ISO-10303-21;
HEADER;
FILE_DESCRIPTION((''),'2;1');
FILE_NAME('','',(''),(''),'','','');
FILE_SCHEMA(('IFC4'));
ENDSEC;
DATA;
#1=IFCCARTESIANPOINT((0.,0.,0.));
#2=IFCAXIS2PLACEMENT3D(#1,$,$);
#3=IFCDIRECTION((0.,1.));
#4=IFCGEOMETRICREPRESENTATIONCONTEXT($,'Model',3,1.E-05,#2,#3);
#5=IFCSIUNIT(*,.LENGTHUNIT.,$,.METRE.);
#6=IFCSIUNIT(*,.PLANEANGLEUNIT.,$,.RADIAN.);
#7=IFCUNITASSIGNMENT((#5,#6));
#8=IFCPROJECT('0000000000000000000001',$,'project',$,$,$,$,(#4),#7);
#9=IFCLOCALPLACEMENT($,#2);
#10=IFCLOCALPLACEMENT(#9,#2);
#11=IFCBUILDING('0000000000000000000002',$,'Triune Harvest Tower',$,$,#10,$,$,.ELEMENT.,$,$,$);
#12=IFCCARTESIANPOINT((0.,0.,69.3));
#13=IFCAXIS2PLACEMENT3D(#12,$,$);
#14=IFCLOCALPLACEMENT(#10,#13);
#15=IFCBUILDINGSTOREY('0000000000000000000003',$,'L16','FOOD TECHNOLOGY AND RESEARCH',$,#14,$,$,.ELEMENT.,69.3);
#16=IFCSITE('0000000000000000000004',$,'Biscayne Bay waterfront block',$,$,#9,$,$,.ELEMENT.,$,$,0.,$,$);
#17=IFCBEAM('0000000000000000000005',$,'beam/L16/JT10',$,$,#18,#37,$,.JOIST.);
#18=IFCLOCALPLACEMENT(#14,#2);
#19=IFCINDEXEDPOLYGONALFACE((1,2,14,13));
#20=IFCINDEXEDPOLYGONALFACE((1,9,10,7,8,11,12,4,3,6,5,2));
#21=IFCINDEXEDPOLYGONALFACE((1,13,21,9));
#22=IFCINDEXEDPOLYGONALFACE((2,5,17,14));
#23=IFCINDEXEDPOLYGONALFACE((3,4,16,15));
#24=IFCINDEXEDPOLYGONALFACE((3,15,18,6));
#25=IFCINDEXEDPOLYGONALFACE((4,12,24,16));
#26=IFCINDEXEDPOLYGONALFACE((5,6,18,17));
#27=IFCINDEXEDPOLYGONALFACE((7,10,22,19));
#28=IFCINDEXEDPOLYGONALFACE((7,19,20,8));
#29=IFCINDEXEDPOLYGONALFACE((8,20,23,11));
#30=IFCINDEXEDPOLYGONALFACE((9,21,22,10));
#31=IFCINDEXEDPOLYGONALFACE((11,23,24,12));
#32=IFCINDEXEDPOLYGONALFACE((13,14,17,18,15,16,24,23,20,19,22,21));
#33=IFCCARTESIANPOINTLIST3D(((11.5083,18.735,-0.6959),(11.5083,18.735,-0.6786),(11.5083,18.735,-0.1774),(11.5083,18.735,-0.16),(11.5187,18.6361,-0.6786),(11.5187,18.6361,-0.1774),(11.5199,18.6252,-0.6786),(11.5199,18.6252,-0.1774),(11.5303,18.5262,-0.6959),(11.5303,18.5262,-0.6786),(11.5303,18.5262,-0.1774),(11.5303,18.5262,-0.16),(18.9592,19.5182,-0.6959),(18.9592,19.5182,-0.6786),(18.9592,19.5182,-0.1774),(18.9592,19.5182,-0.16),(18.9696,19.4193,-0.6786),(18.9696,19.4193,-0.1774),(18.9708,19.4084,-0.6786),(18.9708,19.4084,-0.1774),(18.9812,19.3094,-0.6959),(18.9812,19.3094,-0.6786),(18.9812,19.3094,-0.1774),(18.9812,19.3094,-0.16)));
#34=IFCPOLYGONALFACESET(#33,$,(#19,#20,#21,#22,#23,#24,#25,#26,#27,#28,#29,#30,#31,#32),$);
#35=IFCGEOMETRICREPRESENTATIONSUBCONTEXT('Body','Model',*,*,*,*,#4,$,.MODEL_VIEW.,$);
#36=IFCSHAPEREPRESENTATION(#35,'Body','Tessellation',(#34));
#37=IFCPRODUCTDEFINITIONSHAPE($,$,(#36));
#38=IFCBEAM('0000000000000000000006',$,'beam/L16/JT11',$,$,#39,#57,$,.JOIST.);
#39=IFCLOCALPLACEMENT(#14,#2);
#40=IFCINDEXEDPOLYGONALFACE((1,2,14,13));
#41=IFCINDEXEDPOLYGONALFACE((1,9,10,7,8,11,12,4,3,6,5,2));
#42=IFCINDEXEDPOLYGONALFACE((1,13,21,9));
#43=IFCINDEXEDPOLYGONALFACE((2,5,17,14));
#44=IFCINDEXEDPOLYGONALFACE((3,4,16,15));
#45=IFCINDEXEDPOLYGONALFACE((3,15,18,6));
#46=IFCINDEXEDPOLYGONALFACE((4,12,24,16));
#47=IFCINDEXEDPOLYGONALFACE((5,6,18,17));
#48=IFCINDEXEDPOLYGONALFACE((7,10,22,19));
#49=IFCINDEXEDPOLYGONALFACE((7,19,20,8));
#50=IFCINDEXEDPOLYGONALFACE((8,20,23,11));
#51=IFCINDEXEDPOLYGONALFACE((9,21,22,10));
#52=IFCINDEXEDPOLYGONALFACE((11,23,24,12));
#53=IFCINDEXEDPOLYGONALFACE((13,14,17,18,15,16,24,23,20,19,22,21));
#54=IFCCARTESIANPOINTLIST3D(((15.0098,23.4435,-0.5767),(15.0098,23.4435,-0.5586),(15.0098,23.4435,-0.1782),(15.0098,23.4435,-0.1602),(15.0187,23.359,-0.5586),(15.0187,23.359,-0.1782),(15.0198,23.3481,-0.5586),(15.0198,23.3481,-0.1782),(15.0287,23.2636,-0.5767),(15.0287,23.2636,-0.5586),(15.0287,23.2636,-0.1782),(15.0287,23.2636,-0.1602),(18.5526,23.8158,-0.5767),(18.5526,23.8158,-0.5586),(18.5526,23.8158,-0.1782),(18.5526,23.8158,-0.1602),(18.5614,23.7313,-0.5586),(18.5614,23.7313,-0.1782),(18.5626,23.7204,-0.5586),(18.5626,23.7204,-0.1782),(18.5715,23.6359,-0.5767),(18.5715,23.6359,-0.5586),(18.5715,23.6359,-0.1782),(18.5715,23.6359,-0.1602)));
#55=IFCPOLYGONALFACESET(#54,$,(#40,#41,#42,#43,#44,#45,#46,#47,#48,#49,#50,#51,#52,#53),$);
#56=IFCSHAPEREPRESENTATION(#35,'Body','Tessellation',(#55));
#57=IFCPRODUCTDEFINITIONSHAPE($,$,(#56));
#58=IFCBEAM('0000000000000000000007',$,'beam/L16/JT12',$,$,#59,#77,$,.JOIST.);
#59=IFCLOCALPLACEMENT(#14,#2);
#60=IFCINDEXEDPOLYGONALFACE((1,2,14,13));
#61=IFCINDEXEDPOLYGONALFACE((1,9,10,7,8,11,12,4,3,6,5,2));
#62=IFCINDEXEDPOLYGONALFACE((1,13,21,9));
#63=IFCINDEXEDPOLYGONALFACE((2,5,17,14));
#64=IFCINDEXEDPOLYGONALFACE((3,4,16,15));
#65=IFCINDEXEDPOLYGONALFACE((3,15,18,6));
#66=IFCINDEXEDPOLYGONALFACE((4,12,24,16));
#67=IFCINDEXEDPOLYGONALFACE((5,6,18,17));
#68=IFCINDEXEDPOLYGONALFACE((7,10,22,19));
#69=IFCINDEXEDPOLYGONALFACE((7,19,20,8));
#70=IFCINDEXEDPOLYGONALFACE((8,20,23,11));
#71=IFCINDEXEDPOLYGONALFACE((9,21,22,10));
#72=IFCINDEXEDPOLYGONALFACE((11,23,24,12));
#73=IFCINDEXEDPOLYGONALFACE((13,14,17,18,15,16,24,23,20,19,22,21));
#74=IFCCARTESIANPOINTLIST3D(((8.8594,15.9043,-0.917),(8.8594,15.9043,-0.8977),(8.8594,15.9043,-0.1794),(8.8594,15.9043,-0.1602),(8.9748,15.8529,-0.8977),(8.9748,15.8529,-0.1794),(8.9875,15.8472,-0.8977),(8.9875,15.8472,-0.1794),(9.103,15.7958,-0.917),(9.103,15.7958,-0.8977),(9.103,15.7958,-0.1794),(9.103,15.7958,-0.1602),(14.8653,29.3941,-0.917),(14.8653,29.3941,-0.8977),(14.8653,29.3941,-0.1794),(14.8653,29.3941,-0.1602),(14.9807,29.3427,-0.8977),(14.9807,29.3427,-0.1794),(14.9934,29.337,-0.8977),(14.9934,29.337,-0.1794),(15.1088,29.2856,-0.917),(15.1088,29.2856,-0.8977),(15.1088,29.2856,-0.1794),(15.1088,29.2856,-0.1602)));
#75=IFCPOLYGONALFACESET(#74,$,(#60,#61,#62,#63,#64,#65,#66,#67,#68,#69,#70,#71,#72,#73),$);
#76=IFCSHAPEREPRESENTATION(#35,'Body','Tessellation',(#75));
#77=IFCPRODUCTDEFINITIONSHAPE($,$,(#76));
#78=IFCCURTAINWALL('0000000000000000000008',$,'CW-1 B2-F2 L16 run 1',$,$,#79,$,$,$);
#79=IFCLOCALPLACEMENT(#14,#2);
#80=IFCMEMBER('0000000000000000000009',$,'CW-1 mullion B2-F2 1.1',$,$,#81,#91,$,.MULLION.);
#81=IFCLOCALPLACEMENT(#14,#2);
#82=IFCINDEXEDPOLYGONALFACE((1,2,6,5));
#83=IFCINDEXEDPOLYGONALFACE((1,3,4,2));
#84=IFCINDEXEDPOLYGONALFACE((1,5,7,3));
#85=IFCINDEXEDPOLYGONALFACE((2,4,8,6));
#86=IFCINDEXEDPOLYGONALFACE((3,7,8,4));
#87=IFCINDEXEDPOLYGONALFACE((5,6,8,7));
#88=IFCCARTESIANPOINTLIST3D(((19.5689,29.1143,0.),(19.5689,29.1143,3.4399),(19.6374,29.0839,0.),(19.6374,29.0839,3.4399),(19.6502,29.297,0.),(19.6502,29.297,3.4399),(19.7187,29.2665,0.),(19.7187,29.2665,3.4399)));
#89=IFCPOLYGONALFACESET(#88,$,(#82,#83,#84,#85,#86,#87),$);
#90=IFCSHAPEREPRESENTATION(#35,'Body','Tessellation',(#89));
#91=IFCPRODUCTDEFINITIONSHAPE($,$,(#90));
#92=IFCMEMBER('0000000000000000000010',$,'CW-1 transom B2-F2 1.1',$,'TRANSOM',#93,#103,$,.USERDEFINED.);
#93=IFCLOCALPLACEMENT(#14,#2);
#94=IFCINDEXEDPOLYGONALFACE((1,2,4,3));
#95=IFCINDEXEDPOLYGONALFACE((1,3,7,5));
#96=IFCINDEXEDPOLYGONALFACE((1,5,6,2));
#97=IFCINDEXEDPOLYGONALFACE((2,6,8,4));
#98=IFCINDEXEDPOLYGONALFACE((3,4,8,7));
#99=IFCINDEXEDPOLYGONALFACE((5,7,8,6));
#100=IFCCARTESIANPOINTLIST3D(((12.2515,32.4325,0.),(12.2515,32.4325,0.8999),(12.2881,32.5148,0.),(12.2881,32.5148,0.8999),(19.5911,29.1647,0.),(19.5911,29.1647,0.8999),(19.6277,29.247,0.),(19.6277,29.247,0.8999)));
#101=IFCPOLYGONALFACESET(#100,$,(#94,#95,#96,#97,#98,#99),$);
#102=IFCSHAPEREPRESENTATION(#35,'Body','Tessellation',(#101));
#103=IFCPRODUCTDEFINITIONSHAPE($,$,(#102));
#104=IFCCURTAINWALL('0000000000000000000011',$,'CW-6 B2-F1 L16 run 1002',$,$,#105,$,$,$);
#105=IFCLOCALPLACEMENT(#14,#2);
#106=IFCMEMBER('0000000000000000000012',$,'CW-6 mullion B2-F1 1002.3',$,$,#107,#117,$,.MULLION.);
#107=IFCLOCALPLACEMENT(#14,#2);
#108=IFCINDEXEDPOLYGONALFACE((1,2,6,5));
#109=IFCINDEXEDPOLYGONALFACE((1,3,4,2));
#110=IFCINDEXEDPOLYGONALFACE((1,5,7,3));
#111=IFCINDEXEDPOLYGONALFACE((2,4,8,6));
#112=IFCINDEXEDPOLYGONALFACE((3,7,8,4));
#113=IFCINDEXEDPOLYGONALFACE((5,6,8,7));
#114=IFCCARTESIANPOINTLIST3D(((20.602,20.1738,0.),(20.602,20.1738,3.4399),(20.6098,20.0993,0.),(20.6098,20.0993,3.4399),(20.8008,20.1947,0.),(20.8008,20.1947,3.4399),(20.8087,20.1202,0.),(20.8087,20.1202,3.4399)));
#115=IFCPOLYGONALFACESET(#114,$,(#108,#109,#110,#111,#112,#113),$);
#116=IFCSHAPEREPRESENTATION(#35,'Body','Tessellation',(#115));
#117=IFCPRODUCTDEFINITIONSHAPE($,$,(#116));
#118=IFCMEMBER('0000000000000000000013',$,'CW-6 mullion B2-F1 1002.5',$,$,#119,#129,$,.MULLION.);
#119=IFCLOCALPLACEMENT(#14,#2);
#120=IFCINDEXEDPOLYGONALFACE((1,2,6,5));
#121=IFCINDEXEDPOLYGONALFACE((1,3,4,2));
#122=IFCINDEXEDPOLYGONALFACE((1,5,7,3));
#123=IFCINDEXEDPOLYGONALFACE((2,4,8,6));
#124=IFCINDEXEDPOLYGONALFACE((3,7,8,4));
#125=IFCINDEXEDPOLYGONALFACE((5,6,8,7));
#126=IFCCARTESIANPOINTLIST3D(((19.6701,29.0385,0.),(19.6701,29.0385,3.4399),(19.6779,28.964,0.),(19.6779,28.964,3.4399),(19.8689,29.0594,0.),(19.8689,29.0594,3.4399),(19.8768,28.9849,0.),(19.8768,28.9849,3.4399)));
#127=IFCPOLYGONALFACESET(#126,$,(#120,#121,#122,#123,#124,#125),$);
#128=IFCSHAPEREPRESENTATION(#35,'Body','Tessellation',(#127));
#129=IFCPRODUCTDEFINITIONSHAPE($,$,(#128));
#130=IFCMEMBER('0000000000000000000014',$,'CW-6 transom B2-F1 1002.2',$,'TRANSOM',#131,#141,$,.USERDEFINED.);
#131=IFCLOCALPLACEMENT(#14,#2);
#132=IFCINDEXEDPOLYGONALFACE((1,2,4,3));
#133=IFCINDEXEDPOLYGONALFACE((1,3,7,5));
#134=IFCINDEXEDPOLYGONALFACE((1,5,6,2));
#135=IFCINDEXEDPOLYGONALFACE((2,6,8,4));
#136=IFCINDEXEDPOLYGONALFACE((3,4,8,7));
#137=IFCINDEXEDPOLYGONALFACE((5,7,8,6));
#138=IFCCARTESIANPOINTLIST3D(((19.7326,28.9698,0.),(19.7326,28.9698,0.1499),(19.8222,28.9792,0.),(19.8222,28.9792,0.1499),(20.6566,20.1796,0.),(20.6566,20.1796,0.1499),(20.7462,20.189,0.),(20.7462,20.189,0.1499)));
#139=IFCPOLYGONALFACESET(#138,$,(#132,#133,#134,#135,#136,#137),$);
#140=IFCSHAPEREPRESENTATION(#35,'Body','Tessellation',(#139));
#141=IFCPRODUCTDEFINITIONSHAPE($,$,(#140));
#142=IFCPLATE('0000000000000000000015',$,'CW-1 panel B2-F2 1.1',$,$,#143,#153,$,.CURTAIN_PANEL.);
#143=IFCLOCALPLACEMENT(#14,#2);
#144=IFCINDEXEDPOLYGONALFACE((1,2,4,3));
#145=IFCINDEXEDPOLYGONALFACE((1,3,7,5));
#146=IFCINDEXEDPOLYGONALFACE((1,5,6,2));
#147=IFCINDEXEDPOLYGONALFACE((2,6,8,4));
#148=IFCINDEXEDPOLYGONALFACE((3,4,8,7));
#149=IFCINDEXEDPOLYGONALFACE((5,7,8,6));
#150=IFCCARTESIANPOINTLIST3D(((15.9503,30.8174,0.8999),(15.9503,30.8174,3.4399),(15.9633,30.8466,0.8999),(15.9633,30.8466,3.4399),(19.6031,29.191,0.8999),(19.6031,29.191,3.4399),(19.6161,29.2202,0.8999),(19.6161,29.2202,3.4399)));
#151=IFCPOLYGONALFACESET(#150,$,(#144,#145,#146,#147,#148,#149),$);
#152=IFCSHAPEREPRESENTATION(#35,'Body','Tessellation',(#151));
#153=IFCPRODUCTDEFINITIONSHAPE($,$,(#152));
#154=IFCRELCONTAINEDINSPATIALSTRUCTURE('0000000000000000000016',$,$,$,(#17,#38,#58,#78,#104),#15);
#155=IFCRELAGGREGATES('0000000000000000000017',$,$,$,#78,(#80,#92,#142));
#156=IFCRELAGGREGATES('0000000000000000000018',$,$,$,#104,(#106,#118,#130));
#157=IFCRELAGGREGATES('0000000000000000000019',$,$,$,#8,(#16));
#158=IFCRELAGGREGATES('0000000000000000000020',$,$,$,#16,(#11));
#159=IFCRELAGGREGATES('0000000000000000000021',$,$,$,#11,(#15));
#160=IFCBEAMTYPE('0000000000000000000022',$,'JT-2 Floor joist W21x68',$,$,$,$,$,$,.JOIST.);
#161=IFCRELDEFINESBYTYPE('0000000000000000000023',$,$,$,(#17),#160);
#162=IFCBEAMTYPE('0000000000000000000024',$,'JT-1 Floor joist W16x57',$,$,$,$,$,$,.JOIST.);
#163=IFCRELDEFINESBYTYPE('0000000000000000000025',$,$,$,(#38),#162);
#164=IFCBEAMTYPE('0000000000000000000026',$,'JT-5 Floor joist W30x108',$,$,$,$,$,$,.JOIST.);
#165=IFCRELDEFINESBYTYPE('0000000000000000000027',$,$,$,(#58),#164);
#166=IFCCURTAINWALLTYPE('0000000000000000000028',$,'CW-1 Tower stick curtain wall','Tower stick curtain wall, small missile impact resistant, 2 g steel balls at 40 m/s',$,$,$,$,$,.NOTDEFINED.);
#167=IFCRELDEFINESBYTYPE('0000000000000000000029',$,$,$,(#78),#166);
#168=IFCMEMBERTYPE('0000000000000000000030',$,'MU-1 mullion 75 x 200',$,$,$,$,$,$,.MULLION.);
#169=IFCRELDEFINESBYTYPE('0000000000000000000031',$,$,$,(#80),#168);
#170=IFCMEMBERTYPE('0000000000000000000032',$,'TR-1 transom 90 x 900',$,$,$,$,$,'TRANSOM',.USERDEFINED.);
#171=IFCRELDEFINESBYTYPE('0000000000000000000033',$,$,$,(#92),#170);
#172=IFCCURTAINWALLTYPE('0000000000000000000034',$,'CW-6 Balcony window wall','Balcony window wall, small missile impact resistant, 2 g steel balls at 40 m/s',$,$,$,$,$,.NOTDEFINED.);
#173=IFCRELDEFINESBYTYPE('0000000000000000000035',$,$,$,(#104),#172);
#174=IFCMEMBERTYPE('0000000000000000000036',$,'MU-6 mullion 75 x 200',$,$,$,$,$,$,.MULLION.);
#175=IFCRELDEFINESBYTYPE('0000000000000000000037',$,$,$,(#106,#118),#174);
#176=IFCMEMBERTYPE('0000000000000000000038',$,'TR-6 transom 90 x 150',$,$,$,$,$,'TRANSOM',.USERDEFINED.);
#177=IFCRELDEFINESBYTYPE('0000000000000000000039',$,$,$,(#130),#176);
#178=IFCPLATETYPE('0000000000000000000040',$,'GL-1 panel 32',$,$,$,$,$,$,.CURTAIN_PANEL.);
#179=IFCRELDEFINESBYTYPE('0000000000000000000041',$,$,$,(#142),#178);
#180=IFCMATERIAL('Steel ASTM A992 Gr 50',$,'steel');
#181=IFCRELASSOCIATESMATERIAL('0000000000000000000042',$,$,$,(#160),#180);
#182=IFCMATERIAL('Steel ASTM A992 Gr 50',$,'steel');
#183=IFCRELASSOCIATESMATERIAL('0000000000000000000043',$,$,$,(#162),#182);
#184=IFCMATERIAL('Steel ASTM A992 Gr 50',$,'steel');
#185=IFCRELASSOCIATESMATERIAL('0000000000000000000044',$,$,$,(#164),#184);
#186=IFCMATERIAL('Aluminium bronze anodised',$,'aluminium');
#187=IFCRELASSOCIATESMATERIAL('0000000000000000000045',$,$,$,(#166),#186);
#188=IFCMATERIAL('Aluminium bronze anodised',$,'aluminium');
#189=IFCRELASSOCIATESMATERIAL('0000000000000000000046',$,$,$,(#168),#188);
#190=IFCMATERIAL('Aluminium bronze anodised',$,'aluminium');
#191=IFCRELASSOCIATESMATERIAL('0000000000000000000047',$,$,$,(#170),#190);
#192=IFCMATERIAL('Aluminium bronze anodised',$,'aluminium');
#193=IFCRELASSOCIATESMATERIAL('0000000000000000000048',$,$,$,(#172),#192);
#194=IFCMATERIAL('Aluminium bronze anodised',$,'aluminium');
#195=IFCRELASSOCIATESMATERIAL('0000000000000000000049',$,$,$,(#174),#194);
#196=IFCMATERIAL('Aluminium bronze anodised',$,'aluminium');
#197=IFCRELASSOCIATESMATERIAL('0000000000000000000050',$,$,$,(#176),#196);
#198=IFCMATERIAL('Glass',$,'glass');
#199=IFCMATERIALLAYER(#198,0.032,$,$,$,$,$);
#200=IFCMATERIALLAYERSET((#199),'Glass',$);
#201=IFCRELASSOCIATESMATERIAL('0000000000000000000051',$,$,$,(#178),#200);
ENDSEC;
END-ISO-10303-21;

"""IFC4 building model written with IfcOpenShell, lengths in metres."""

from ifc_helpers import new_model, si_unit, direction, frame, origin, origin_2d, place, context, subcontext, project, spatial, rectangle, i_section, extrude, source, transform, mapped, material, layer, layer_set, material_profile, profile_set, type_object, element, aggregate, save


model = new_model("IFC4")

# Units and contexts
model_context = context("Model", 3, precision=1e-05, world=origin(), true_north=direction((0.0, 1.0)))
body_context = subcontext(model_context, "Body", "Model", "MODEL_VIEW")
ifc_project = project(units=[si_unit("LENGTHUNIT", "METRE"), si_unit("PLANEANGLEUNIT", "RADIAN")], contexts=[model_context])

# Site, building, storey
site_placement = place(None, origin())
site = spatial("IfcSite", under=ifc_project, at=site_placement, Name="Biscayne Bay waterfront block", CompositionType="ELEMENT", RefElevation=0.0)
building_placement = place(site_placement, origin())
building = spatial("IfcBuilding", under=site, at=building_placement, Name="Triune Harvest Tower", CompositionType="ELEMENT")
storey_placement = place(building_placement, frame((0.0, 0.0, 69.3)))
storey = spatial("IfcBuildingStorey", under=building, at=storey_placement, Name="L16", Description="FOOD TECHNOLOGY AND RESEARCH", CompositionType="ELEMENT", Elevation=69.3)

# Beams
ifc_material_1 = material(Name="Steel ASTM A992 Gr 50", Category="steel")
ifc_material_profile_1 = material_profile(ifc_material_1, i_section(OverallWidth=0.21, OverallDepth=0.5359, WebThickness=0.011, FlangeThickness=0.0173, at=origin_2d()), Name="W21x68")
ifc_profile_set_1 = profile_set([ifc_material_profile_1], Name="Steel ASTM A992 Gr 50")
beam_type_1 = type_object("IfcBeamType", Name="JT-2 Floor joist W21x68", PredefinedType="JOIST", material=ifc_profile_set_1)
shared_shape_1 = source(origin(), body_context, "Body", "SweptSolid", [
    extrude(i_section(OverallWidth=0.21, OverallDepth=0.5359, WebThickness=0.011, FlangeThickness=0.0173, at=origin_2d()), origin(), (0.0, 0.0, 1.0), 7.4919),
])
beam_1_placement = place(storey_placement, frame((18.9702, 19.4138, -0.428), z_axis=(-0.994521, -0.104539, 0.0), x_axis=(0.104539, -0.994521, 0.0)))
element("IfcBeam", 1, at=beam_1_placement, inside=storey, type_object=beam_type_1, Name="beam/L16/JT10", PredefinedType="JOIST", context=body_context, shape_type="MappedRepresentation", body=[
    mapped(shared_shape_1, transform((0.0, 0.0, 0.0), scale=1.0)),
])
ifc_material_2 = material(Name="Steel ASTM A992 Gr 50", Category="steel")
ifc_material_profile_2 = material_profile(ifc_material_2, i_section(OverallWidth=0.1809, OverallDepth=0.4165, WebThickness=0.011, FlangeThickness=0.0181, at=origin_2d()), Name="W16x57")
ifc_profile_set_2 = profile_set([ifc_material_profile_2], Name="Steel ASTM A992 Gr 50")
beam_type_2 = type_object("IfcBeamType", Name="JT-1 Floor joist W16x57", PredefinedType="JOIST", material=ifc_profile_set_2)
shared_shape_2 = source(origin(), body_context, "Body", "SweptSolid", [
    extrude(i_section(OverallWidth=0.1809, OverallDepth=0.4165, WebThickness=0.011, FlangeThickness=0.0181, at=origin_2d()), origin(), (0.0, 0.0, 1.0), 3.5623),
])
beam_2_placement = place(storey_placement, frame((18.562, 23.7258, -0.3684), z_axis=(-0.994523, -0.104517, 0.0), x_axis=(0.104517, -0.994523, 0.0)))
element("IfcBeam", 2, at=beam_2_placement, inside=storey, type_object=beam_type_2, Name="beam/L16/JT11", PredefinedType="JOIST", context=body_context, shape_type="MappedRepresentation", body=[
    mapped(shared_shape_2, transform((0.0, 0.0, 0.0), scale=1.0)),
])
ifc_material_3 = material(Name="Steel ASTM A992 Gr 50", Category="steel")
ifc_material_profile_3 = material_profile(ifc_material_3, i_section(OverallWidth=0.2666, OverallDepth=0.7568, WebThickness=0.0139, FlangeThickness=0.0193, at=origin_2d()), Name="W30x108")
ifc_profile_set_3 = profile_set([ifc_material_profile_3], Name="Steel ASTM A992 Gr 50")
beam_type_3 = type_object("IfcBeamType", Name="JT-5 Floor joist W30x108", PredefinedType="JOIST", material=ifc_profile_set_3)
shared_shape_3 = source(origin(), body_context, "Body", "SweptSolid", [
    extrude(i_section(OverallWidth=0.2666, OverallDepth=0.7568, WebThickness=0.0139, FlangeThickness=0.0193, at=origin_2d()), origin(), (0.0, 0.0, 1.0), 14.7664),
])
beam_3_placement = place(storey_placement, frame((14.9871, 29.3398, -0.5386), z_axis=(-0.406727, -0.91355, 0.0), x_axis=(0.91355, -0.406727, 0.0)))
element("IfcBeam", 3, at=beam_3_placement, inside=storey, type_object=beam_type_3, Name="beam/L16/JT12", PredefinedType="JOIST", context=body_context, shape_type="MappedRepresentation", body=[
    mapped(shared_shape_3, transform((0.0, 0.0, 0.0), scale=1.0)),
])

# Curtain walls, members
ifc_material_4 = material(Name="Aluminium bronze anodised", Category="aluminium")
curtain_wall_type_1 = type_object("IfcCurtainWallType", Name="CW-1 Tower stick curtain wall", Description="Tower stick curtain wall, small missile impact resistant, 2 g steel balls at 40 m/s", PredefinedType="NOTDEFINED", material=ifc_material_4)
curtain_wall_1_placement = place(storey_placement, origin())
curtain_wall_1 = element("IfcCurtainWall", 4, at=curtain_wall_1_placement, inside=storey, type_object=curtain_wall_type_1, Name="CW-1 B2-F2 L16 run 1")
ifc_material_5 = material(Name="Aluminium bronze anodised", Category="aluminium")
ifc_material_profile_4 = material_profile(ifc_material_5, rectangle(XDim=0.2, YDim=0.075, at=origin_2d()), Name="MU-1 mullion 75 x 200")
ifc_profile_set_4 = profile_set([ifc_material_profile_4], Name="Aluminium bronze anodised")
member_type_1 = type_object("IfcMemberType", Name="MU-1 mullion 75 x 200", PredefinedType="MULLION", material=ifc_profile_set_4)
shared_shape_4 = source(origin(), body_context, "Body", "SweptSolid", [
    extrude(rectangle(XDim=0.2, YDim=0.075, at=origin_2d()), origin(), (0.0, 0.0, 1.0), 3.4399),
])
member_1_placement = place(storey_placement, frame((19.6438, 29.1904, 0.0), z_axis=(0.0, 0.0, 1.0), x_axis=(-0.406734, -0.913547, 0.0)))
member_1 = element("IfcMember", 5, at=member_1_placement, type_object=member_type_1, Name="CW-1 mullion B2-F2 1.1", PredefinedType="MULLION", context=body_context, shape_type="MappedRepresentation", body=[
    mapped(shared_shape_4, transform((0.0, 0.0, 0.0), scale=1.0)),
])
ifc_material_6 = material(Name="Aluminium bronze anodised", Category="aluminium")
ifc_material_profile_5 = material_profile(ifc_material_6, rectangle(XDim=0.0901, YDim=0.8999, at=origin_2d()), Name="TR-1 transom 90 x 900")
ifc_profile_set_5 = profile_set([ifc_material_profile_5], Name="Aluminium bronze anodised")
member_type_2 = type_object("IfcMemberType", Name="TR-1 transom 90 x 900", ElementType="TRANSOM", PredefinedType="USERDEFINED", material=ifc_profile_set_5)
shared_shape_5 = source(origin(), body_context, "Body", "SweptSolid", [
    extrude(rectangle(XDim=0.0901, YDim=0.8999, at=origin_2d()), origin(), (0.0, 0.0, 1.0), 8.0342),
])
member_2_placement = place(storey_placement, frame((19.6094, 29.2058, 0.45), z_axis=(-0.913544, 0.406739, 0.0), x_axis=(-0.406739, -0.913544, 0.0)))
member_2 = element("IfcMember", 6, at=member_2_placement, type_object=member_type_2, Name="CW-1 transom B2-F2 1.1", ObjectType="TRANSOM", PredefinedType="USERDEFINED", context=body_context, shape_type="MappedRepresentation", body=[
    mapped(shared_shape_5, transform((0.0, 0.0, 0.0), scale=1.0)),
])
ifc_material_7 = material(Name="Aluminium bronze anodised", Category="aluminium")
curtain_wall_type_2 = type_object("IfcCurtainWallType", Name="CW-6 Balcony window wall", Description="Balcony window wall, small missile impact resistant, 2 g steel balls at 40 m/s", PredefinedType="NOTDEFINED", material=ifc_material_7)
curtain_wall_2_placement = place(storey_placement, origin())
curtain_wall_2 = element("IfcCurtainWall", 7, at=curtain_wall_2_placement, inside=storey, type_object=curtain_wall_type_2, Name="CW-6 B2-F1 L16 run 1002")
ifc_material_8 = material(Name="Aluminium bronze anodised", Category="aluminium")
ifc_material_profile_6 = material_profile(ifc_material_8, rectangle(XDim=0.2, YDim=0.075, at=origin_2d()), Name="MU-6 mullion 75 x 200")
ifc_profile_set_6 = profile_set([ifc_material_profile_6], Name="Aluminium bronze anodised")
member_type_3 = type_object("IfcMemberType", Name="MU-6 mullion 75 x 200", PredefinedType="MULLION", material=ifc_profile_set_6)
shared_shape_6 = source(origin(), body_context, "Body", "SweptSolid", [
    extrude(rectangle(XDim=0.2, YDim=0.075, at=origin_2d()), origin(), (0.0, 0.0, 1.0), 3.4399),
])
member_3_placement = place(storey_placement, frame((20.7053, 20.147, 0.0), z_axis=(0.0, 0.0, 1.0), x_axis=(-0.994522, -0.104528, 0.0)))
member_3 = element("IfcMember", 8, at=member_3_placement, type_object=member_type_3, Name="CW-6 mullion B2-F1 1002.3", PredefinedType="MULLION", context=body_context, shape_type="MappedRepresentation", body=[
    mapped(shared_shape_6, transform((0.0, 0.0, 0.0), scale=1.0)),
])
member_4_placement = place(storey_placement, frame((19.7734, 29.0117, 0.0), z_axis=(0.0, 0.0, 1.0), x_axis=(-0.994522, -0.104528, 0.0)))
member_4 = element("IfcMember", 9, at=member_4_placement, type_object=member_type_3, Name="CW-6 mullion B2-F1 1002.5", PredefinedType="MULLION", context=body_context, shape_type="MappedRepresentation", body=[
    mapped(shared_shape_6, transform((0.0, 0.0, 0.0), scale=1.0)),
])
ifc_material_9 = material(Name="Aluminium bronze anodised", Category="aluminium")
ifc_material_profile_7 = material_profile(ifc_material_9, rectangle(XDim=0.0901, YDim=0.1499, at=origin_2d()), Name="TR-6 transom 90 x 150")
ifc_profile_set_7 = profile_set([ifc_material_profile_7], Name="Aluminium bronze anodised")
member_type_4 = type_object("IfcMemberType", Name="TR-6 transom 90 x 150", ElementType="TRANSOM", PredefinedType="USERDEFINED", material=ifc_profile_set_7)
shared_shape_7 = source(origin(), body_context, "Body", "SweptSolid", [
    extrude(rectangle(XDim=0.0901, YDim=0.1499, at=origin_2d()), origin(), (0.0, 0.0, 1.0), 8.8386),
])
member_5_placement = place(storey_placement, frame((20.7014, 20.1843, 0.075), z_axis=(-0.104548, 0.99452, 0.0), x_axis=(-0.99452, -0.104548, 0.0)))
member_5 = element("IfcMember", 10, at=member_5_placement, type_object=member_type_4, Name="CW-6 transom B2-F1 1002.2", ObjectType="TRANSOM", PredefinedType="USERDEFINED", context=body_context, shape_type="MappedRepresentation", body=[
    mapped(shared_shape_7, transform((0.0, 0.0, 0.0), scale=1.0)),
])

# Plate
ifc_material_10 = material(Name="Glass", Category="glass")
ifc_layer_1 = layer(ifc_material_10, 0.032)
ifc_layer_set_1 = layer_set([ifc_layer_1], Name="Glass")
plate_type_1 = type_object("IfcPlateType", Name="GL-1 panel 32", PredefinedType="CURTAIN_PANEL", material=ifc_layer_set_1)
shared_shape_8 = source(origin(), body_context, "Body", "SweptSolid", [
    extrude(rectangle(XDim=3.9985, YDim=0.032, at=origin_2d()), origin(), (0.0, 0.0, 1.0), 2.54),
])
plate_1_placement = place(storey_placement, frame((17.7832, 30.0188, 0.8999), z_axis=(0.0, 0.0, 1.0), x_axis=(-0.913547, 0.406734, 0.0)))
plate_1 = element("IfcPlate", 11, at=plate_1_placement, type_object=plate_type_1, Name="CW-1 panel B2-F2 1.1", PredefinedType="CURTAIN_PANEL", context=body_context, shape_type="MappedRepresentation", body=[
    mapped(shared_shape_8, transform((0.0, 0.0, 0.0), scale=1.0)),
])
aggregate(curtain_wall_1, [member_1, member_2, plate_1])
aggregate(curtain_wall_2, [member_3, member_4, member_5])

save(model, "model.ifc")
